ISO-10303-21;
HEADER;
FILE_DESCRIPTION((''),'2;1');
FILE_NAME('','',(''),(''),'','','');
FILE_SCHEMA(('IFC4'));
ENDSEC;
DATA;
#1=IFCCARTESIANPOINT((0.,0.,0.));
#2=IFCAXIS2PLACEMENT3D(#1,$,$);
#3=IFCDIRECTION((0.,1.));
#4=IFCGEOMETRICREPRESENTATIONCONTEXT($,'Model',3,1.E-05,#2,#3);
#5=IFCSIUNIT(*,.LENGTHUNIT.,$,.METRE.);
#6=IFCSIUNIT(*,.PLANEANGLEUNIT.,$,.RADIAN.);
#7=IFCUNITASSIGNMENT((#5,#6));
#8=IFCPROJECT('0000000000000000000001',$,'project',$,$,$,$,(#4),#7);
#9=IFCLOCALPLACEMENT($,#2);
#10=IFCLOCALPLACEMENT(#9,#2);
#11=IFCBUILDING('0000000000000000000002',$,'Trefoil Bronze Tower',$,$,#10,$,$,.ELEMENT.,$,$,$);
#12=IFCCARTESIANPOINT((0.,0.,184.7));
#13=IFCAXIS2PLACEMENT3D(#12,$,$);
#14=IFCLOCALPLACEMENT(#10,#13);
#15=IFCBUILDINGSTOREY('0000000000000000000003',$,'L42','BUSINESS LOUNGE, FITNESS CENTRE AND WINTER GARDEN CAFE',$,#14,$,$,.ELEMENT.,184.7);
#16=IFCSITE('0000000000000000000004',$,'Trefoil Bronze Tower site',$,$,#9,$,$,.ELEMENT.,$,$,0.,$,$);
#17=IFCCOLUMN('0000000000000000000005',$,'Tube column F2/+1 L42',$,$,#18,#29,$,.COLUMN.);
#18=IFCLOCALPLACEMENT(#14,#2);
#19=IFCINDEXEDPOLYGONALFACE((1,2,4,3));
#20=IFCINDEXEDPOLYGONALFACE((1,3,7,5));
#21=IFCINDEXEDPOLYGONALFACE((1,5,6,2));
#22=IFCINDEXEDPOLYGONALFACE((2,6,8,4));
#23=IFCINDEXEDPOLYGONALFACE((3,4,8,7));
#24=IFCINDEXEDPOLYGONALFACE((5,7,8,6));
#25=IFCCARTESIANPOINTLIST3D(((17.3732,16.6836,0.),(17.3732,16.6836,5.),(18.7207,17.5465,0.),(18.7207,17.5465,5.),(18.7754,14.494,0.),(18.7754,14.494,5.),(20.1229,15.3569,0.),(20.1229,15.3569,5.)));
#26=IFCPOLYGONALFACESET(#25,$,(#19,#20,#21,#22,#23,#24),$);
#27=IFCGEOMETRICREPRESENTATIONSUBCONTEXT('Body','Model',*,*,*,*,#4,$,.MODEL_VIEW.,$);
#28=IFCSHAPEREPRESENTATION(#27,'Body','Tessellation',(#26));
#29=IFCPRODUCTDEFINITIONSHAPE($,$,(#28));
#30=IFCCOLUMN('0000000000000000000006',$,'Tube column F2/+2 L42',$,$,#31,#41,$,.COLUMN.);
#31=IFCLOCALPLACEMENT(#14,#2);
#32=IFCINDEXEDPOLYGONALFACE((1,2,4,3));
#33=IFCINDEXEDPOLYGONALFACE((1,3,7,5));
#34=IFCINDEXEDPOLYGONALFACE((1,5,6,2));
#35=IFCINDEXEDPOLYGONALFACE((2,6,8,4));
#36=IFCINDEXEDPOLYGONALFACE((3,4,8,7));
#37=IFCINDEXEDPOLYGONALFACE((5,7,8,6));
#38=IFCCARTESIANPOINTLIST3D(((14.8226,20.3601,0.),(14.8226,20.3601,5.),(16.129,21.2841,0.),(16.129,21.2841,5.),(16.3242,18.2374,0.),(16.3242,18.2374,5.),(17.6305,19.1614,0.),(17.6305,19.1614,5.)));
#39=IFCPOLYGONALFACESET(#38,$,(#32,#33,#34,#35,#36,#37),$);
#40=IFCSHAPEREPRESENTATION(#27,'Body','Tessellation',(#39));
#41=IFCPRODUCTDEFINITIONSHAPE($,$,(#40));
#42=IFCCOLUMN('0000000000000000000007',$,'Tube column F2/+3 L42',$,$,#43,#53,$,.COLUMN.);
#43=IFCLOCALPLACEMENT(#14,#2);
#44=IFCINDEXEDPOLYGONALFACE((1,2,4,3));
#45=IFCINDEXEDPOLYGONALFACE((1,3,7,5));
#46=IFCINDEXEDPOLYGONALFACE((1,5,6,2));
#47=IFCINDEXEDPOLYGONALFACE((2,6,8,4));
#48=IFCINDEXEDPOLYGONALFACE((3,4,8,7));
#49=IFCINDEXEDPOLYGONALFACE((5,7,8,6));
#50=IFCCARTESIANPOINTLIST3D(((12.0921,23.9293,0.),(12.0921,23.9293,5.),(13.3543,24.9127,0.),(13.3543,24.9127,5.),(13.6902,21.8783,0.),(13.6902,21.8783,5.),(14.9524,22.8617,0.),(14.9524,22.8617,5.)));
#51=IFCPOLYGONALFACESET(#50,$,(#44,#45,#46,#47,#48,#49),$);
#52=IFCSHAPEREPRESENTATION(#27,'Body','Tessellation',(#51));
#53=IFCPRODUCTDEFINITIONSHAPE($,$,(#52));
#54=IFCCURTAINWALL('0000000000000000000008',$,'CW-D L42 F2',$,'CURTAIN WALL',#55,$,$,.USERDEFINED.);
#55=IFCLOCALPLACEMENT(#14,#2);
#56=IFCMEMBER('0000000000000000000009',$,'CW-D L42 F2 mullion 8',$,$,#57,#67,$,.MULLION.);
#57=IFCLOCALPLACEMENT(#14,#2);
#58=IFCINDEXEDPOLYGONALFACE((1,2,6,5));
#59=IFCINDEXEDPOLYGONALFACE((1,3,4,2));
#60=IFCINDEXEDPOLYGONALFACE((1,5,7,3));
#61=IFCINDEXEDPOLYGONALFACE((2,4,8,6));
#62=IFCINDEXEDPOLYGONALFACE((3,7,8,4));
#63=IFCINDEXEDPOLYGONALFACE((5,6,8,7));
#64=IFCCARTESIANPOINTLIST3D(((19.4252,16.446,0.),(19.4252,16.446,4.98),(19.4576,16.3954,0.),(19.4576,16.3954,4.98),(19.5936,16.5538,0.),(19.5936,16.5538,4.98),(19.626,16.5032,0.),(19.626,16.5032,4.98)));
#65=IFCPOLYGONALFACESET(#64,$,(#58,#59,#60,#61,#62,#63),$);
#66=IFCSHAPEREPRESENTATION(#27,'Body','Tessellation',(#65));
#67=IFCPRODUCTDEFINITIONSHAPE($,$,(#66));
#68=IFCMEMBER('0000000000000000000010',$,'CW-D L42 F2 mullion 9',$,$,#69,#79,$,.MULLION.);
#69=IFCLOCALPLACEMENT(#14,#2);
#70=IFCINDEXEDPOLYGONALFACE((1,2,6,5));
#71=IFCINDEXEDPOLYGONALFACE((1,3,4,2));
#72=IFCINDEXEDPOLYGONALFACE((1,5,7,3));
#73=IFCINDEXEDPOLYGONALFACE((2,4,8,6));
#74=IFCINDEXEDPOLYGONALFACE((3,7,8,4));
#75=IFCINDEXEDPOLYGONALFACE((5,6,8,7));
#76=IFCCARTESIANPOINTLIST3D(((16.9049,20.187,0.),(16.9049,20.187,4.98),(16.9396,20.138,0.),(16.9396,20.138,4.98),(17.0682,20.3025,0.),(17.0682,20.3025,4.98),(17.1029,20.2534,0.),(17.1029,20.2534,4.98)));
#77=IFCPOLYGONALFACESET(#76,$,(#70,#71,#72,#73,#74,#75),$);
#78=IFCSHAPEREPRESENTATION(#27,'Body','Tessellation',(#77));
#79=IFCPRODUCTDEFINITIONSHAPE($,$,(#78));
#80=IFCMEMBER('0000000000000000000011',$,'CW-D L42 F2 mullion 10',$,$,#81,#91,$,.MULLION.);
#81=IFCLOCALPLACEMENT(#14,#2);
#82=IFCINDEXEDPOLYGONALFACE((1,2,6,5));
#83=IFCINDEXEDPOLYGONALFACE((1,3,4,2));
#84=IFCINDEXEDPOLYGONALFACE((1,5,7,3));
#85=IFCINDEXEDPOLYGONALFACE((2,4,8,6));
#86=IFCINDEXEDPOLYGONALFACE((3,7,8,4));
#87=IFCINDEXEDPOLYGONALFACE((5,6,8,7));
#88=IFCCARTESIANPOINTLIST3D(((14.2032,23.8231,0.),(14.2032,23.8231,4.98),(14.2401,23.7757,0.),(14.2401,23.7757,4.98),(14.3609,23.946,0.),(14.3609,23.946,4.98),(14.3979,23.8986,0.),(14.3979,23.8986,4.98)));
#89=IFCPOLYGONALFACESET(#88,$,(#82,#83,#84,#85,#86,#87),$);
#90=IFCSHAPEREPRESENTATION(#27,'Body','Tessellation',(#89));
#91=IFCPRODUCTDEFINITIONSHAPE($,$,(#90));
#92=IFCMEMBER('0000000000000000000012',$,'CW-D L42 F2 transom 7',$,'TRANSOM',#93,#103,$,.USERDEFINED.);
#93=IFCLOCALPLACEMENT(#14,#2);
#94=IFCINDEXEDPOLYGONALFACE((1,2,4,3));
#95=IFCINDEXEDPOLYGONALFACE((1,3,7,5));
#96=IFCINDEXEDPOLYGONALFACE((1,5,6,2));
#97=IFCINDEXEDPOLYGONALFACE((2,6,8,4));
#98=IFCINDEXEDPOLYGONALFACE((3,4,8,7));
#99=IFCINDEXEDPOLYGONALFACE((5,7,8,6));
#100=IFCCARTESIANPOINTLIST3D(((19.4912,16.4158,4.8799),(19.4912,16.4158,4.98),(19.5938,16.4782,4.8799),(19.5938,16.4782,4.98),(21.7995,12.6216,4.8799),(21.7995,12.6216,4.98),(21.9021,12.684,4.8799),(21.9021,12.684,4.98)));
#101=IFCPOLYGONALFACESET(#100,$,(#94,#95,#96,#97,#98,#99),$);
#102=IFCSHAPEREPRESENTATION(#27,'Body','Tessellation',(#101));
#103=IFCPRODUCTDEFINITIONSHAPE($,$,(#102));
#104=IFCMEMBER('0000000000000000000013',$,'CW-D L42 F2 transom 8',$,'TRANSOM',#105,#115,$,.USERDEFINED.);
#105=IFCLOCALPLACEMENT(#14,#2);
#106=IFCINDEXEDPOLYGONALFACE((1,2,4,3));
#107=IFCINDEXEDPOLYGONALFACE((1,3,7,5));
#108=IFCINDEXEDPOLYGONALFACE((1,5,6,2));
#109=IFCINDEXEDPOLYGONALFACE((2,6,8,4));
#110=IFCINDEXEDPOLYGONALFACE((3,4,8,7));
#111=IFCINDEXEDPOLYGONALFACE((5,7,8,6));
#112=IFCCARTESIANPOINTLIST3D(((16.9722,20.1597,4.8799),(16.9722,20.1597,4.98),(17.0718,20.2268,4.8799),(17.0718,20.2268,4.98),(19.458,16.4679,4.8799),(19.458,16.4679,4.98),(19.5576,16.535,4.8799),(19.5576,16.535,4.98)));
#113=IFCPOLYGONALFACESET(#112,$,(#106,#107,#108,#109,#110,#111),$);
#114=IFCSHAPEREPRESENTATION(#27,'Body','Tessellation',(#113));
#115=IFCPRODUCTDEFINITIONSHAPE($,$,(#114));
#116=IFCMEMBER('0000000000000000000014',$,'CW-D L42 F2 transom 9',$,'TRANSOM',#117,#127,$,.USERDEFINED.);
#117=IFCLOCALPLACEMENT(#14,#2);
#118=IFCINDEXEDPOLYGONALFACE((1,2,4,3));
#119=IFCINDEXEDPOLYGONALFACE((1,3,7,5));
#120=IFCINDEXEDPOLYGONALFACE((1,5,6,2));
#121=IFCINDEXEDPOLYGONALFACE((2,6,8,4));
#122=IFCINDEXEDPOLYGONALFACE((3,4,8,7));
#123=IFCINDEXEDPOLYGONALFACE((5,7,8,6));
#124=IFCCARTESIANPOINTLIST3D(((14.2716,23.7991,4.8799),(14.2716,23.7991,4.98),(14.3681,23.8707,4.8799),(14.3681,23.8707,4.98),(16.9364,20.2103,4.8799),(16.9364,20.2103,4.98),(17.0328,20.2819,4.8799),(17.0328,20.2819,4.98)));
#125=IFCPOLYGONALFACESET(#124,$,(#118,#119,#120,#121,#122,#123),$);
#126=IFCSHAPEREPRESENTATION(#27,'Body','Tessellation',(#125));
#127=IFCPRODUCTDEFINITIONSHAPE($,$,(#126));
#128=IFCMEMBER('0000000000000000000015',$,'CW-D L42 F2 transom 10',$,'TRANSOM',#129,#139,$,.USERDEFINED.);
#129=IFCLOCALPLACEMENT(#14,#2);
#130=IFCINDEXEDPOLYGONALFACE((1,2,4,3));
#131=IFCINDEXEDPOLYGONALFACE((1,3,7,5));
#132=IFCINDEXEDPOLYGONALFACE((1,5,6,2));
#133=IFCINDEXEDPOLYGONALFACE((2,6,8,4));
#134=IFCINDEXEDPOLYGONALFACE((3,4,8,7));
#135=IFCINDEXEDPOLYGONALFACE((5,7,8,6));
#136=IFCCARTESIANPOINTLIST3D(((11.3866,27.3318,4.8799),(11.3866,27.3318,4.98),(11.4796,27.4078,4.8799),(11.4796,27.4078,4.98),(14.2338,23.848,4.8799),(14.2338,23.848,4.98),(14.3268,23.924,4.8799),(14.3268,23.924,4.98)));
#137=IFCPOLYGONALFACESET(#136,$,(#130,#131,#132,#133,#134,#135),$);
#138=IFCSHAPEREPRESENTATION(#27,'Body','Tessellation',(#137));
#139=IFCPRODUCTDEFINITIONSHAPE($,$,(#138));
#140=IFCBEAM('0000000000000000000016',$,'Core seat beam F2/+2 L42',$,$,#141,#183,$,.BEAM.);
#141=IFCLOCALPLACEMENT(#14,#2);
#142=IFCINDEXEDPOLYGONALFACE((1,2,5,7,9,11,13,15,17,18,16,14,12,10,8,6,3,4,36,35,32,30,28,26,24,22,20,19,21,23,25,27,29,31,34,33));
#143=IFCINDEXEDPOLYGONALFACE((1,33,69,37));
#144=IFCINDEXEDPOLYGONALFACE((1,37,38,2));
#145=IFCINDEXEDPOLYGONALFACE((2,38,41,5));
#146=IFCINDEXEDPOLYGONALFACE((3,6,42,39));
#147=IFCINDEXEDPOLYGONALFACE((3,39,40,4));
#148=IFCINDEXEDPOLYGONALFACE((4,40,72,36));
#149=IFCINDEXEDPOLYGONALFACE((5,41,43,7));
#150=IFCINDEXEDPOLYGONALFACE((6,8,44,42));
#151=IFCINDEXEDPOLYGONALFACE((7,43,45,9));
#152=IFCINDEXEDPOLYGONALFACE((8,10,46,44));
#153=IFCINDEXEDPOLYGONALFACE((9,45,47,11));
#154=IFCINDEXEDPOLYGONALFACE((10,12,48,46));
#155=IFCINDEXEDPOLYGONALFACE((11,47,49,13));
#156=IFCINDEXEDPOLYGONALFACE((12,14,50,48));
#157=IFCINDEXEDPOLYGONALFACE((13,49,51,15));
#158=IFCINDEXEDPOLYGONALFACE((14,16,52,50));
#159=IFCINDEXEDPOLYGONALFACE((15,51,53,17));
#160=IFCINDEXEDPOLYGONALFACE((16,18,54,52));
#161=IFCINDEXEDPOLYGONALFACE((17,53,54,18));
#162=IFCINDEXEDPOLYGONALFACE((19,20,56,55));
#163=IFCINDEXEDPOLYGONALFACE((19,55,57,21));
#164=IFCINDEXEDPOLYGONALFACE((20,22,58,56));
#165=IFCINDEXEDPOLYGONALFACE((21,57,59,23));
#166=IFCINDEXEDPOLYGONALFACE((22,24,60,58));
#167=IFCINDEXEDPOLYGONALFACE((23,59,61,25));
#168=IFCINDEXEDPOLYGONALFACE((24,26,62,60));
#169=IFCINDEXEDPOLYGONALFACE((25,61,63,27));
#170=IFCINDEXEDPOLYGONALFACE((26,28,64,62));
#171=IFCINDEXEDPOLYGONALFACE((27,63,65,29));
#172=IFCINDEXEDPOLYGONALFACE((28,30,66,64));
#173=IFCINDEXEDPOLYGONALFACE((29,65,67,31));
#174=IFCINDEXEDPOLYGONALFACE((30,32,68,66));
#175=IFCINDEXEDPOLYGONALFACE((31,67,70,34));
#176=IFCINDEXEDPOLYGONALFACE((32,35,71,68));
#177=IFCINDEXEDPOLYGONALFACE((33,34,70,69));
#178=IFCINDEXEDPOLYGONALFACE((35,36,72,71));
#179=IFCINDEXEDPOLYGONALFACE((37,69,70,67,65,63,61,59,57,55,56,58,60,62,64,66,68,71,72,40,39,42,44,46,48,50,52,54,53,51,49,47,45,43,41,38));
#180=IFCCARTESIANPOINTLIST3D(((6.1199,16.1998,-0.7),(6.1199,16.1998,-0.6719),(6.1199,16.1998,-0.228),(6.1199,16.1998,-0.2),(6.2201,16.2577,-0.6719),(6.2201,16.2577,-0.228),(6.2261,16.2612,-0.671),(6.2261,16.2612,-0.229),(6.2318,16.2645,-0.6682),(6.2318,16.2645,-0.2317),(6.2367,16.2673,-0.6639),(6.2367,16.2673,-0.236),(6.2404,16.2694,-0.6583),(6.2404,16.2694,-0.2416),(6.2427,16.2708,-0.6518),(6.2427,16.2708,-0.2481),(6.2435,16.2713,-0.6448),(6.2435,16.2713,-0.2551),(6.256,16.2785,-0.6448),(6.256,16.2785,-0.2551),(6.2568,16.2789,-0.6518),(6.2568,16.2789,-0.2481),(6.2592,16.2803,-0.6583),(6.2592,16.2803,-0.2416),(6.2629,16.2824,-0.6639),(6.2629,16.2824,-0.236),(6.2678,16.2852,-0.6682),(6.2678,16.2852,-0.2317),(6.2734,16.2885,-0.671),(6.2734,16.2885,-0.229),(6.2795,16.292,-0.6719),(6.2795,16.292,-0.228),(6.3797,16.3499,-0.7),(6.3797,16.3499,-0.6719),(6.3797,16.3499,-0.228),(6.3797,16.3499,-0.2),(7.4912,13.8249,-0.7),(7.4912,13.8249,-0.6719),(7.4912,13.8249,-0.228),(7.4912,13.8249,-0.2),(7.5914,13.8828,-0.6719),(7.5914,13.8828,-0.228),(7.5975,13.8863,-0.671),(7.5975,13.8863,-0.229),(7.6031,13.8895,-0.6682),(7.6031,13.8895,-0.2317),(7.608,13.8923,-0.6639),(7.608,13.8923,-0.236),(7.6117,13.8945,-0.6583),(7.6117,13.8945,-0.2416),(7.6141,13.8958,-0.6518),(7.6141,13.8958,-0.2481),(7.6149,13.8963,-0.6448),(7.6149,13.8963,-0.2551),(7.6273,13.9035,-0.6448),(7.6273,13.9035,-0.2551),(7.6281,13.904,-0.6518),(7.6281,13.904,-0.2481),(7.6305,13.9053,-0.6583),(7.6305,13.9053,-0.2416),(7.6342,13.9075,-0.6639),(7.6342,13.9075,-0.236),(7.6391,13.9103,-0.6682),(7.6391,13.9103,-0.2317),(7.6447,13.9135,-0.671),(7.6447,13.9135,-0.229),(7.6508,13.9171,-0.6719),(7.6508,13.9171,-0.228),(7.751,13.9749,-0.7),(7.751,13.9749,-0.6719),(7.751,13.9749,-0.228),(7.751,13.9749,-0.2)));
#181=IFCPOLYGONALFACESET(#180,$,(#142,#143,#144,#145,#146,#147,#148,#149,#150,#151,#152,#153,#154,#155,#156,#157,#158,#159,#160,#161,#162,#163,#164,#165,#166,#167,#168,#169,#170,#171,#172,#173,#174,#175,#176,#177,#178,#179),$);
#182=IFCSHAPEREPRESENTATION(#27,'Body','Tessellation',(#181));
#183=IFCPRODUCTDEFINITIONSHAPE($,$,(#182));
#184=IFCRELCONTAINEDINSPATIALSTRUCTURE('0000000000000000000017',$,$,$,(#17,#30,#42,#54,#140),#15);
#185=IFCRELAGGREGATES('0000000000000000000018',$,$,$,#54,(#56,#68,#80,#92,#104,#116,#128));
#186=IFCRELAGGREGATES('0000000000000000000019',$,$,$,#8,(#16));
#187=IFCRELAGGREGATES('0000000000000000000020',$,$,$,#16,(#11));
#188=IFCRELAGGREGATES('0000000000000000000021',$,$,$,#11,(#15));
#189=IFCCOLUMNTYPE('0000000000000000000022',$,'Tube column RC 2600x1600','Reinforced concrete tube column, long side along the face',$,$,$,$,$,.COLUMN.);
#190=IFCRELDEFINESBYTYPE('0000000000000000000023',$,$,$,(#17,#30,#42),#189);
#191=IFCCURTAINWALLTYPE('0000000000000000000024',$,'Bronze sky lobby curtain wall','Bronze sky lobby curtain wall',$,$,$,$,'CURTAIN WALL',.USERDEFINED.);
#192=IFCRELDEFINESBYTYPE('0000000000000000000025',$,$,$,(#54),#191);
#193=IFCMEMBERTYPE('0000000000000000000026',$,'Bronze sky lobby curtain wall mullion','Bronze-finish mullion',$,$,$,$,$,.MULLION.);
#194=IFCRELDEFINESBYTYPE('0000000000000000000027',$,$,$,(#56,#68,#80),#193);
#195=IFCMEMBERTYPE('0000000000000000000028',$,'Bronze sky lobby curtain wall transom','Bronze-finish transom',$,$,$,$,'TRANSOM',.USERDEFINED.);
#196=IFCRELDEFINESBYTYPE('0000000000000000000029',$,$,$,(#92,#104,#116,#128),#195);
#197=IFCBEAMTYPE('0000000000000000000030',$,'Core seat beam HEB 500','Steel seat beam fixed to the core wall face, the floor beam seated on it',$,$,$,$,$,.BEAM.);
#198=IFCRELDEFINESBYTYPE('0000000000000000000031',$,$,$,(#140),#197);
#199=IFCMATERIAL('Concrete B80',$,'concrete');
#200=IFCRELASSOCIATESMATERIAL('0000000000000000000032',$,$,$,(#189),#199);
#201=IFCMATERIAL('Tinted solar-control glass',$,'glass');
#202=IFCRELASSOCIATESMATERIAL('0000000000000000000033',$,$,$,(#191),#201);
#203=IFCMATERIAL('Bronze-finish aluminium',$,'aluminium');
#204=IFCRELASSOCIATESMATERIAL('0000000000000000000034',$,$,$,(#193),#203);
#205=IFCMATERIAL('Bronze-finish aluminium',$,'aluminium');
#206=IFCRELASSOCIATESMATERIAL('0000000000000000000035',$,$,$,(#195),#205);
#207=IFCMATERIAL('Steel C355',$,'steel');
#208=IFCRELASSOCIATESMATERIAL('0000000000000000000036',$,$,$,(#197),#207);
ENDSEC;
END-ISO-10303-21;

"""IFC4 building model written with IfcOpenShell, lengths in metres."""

from ifc_helpers import new_model, si_unit, direction, frame, origin, origin_2d, place, context, subcontext, project, spatial, rectangle, i_section, extrude, material, material_profile, profile_set, type_object, element, aggregate, save


model = new_model("IFC4")

# Units and contexts
model_context = context("Model", 3, precision=1e-05, world=origin(), true_north=direction((0.0, 1.0)))
body_context = subcontext(model_context, "Body", "Model", "MODEL_VIEW")
ifc_project = project(units=[si_unit("LENGTHUNIT", "METRE"), si_unit("PLANEANGLEUNIT", "RADIAN")], contexts=[model_context])

# Site, building, storey
site_placement = place(None, origin())
site = spatial("IfcSite", under=ifc_project, at=site_placement, Name="Trefoil Bronze Tower site", CompositionType="ELEMENT", RefElevation=0.0)
building_placement = place(site_placement, origin())
building = spatial("IfcBuilding", under=site, at=building_placement, Name="Trefoil Bronze Tower", CompositionType="ELEMENT")
storey_placement = place(building_placement, frame((0.0, 0.0, 184.7)))
storey = spatial("IfcBuildingStorey", under=building, at=storey_placement, Name="L42", Description="BUSINESS LOUNGE, FITNESS CENTRE AND WINTER GARDEN CAFE", CompositionType="ELEMENT", Elevation=184.7)

# Columns
ifc_material_1 = material(Name="Concrete B80", Category="concrete")
ifc_material_profile_1 = material_profile(ifc_material_1, rectangle(XDim=2.6001, YDim=1.6001, at=origin_2d()), Name="RC 2600x1600")
ifc_profile_set_1 = profile_set([ifc_material_profile_1], Name="Concrete B80")
column_type = type_object("IfcColumnType", Name="Tube column RC 2600x1600", Description="Reinforced concrete tube column, long side along the face", PredefinedType="COLUMN", material=ifc_profile_set_1)
for number, where, z_axis, x_axis, name in (
    (1, (18.748, 16.0203, 0.0), (0.0, 0.0, 1.0), (-0.53927, 0.842133, 0.0), "Tube column F2/+1 L42"),
    (2, (16.2266, 19.7607, 0.0), (0.0, 0.0, 1.0), (-0.577481, 0.816404, 0.0), "Tube column F2/+2 L42"),
    (3, (13.5222, 23.3955, 0.0), (0.0, 0.0, 1.0), (-0.614622, 0.788821, 0.0), "Tube column F2/+3 L42"),
):
    element("IfcColumn", number, at=place(storey_placement, frame(where, z_axis=z_axis, x_axis=x_axis)), inside=storey, type_object=column_type, Name=name, PredefinedType="COLUMN", context=body_context, shape_type="SweptSolid", body=[
        extrude(rectangle(XDim=2.6001, YDim=1.6001, at=origin_2d()), origin(), (0.0, 0.0, 1.0), 5.0),
    ])

# Curtain wall, members
ifc_material_2 = material(Name="Tinted solar-control glass", Category="glass")
curtain_wall_type = type_object("IfcCurtainWallType", Name="Bronze sky lobby curtain wall", Description="Bronze sky lobby curtain wall", ElementType="CURTAIN WALL", PredefinedType="USERDEFINED", material=ifc_material_2)
curtain_wall_placement = place(storey_placement, origin())
curtain_wall = element("IfcCurtainWall", 4, at=curtain_wall_placement, inside=storey, type_object=curtain_wall_type, Name="CW-D L42 F2", ObjectType="CURTAIN WALL", PredefinedType="USERDEFINED")
ifc_material_3 = material(Name="Bronze-finish aluminium", Category="aluminium")
ifc_material_profile_2 = material_profile(ifc_material_3, rectangle(XDim=0.2, YDim=0.0601, at=origin_2d()), Name="CW-D mullion")
ifc_profile_set_2 = profile_set([ifc_material_profile_2], Name="Bronze-finish aluminium")
member_type_1 = type_object("IfcMemberType", Name="Bronze sky lobby curtain wall mullion", Description="Bronze-finish mullion", PredefinedType="MULLION", material=ifc_profile_set_2)
member_1_placement = place(storey_placement, frame((19.5256, 16.4746, 0.0), z_axis=(0.0, 0.0, 1.0), x_axis=(-0.842133, -0.53927, 0.0)))
member_1 = element("IfcMember", 5, at=member_1_placement, type_object=member_type_1, Name="CW-D L42 F2 mullion 8", PredefinedType="MULLION", context=body_context, shape_type="SweptSolid", body=[
    extrude(rectangle(XDim=0.2, YDim=0.0601, at=origin_2d()), origin(), (0.0, 0.0, 1.0), 4.98),
])
member_2_placement = place(storey_placement, frame((17.0039, 20.2202, 0.0), z_axis=(0.0, 0.0, 1.0), x_axis=(-0.816404, -0.577481, 0.0)))
member_2 = element("IfcMember", 6, at=member_2_placement, type_object=member_type_1, Name="CW-D L42 F2 mullion 9", PredefinedType="MULLION", context=body_context, shape_type="SweptSolid", body=[
    extrude(rectangle(XDim=0.2, YDim=0.0601, at=origin_2d()), origin(), (0.0, 0.0, 1.0), 4.98),
])
member_3_placement = place(storey_placement, frame((14.3005, 23.8608, 0.0), z_axis=(0.0, 0.0, 1.0), x_axis=(-0.788821, -0.614622, 0.0)))
member_3 = element("IfcMember", 7, at=member_3_placement, type_object=member_type_1, Name="CW-D L42 F2 mullion 10", PredefinedType="MULLION", context=body_context, shape_type="SweptSolid", body=[
    extrude(rectangle(XDim=0.2, YDim=0.0601, at=origin_2d()), origin(), (0.0, 0.0, 1.0), 4.98),
])
ifc_material_4 = material(Name="Bronze-finish aluminium", Category="aluminium")
ifc_material_profile_3 = material_profile(ifc_material_4, rectangle(XDim=0.1201, YDim=0.1001, at=origin_2d()), Name="CW-D transom")
ifc_profile_set_3 = profile_set([ifc_material_profile_3], Name="Bronze-finish aluminium")
member_type_2 = type_object("IfcMemberType", Name="Bronze sky lobby curtain wall transom", Description="Bronze-finish transom", ElementType="TRANSOM", PredefinedType="USERDEFINED", material=ifc_profile_set_3)
member_4_placement = place(storey_placement, frame((21.8508, 12.6528, 4.9299), z_axis=(-0.519757, 0.854314, 0.0), x_axis=(-0.854314, -0.519757, 0.0)))
member_4 = element("IfcMember", 8, at=member_4_placement, type_object=member_type_2, Name="CW-D L42 F2 transom 7", ObjectType="TRANSOM", PredefinedType="USERDEFINED", context=body_context, shape_type="SweptSolid", body=[
    extrude(rectangle(XDim=0.1201, YDim=0.1001, at=origin_2d()), origin(), (0.0, 0.0, 1.0), 4.4412),
])
member_5_placement = place(storey_placement, frame((19.5078, 16.5015, 4.9299), z_axis=(-0.558517, 0.829493, 0.0), x_axis=(-0.829493, -0.558517, 0.0)))
member_5 = element("IfcMember", 9, at=member_5_placement, type_object=member_type_2, Name="CW-D L42 F2 transom 8", ObjectType="TRANSOM", PredefinedType="USERDEFINED", context=body_context, shape_type="SweptSolid", body=[
    extrude(rectangle(XDim=0.1201, YDim=0.1001, at=origin_2d()), origin(), (0.0, 0.0, 1.0), 4.4507),
])
member_6_placement = place(storey_placement, frame((16.9846, 20.2461, 4.9299), z_axis=(-0.596148, 0.802875, 0.0), x_axis=(-0.802875, -0.596148, 0.0)))
member_6 = element("IfcMember", 10, at=member_6_placement, type_object=member_type_2, Name="CW-D L42 F2 transom 9", ObjectType="TRANSOM", PredefinedType="USERDEFINED", context=body_context, shape_type="SweptSolid", body=[
    extrude(rectangle(XDim=0.1201, YDim=0.1001, at=origin_2d()), origin(), (0.0, 0.0, 1.0), 4.47),
])
member_7_placement = place(storey_placement, frame((14.2803, 23.886, 4.9299), z_axis=(-0.6328, 0.774315, 0.0), x_axis=(-0.774315, -0.6328, 0.0)))
member_7 = element("IfcMember", 11, at=member_7_placement, type_object=member_type_2, Name="CW-D L42 F2 transom 10", ObjectType="TRANSOM", PredefinedType="USERDEFINED", context=body_context, shape_type="SweptSolid", body=[
    extrude(rectangle(XDim=0.1201, YDim=0.1001, at=origin_2d()), origin(), (0.0, 0.0, 1.0), 4.4993),
])

# Beam
ifc_material_5 = material(Name="Steel C355", Category="steel")
ifc_material_profile_4 = material_profile(ifc_material_5, i_section(OverallWidth=0.3, OverallDepth=0.5, WebThickness=0.0144, FlangeThickness=0.0281, FilletRadius=0.0271, at=origin_2d()), Name="HEB 500")
ifc_profile_set_4 = profile_set([ifc_material_profile_4], Name="Steel C355")
beam_type_1 = type_object("IfcBeamType", Name="Core seat beam HEB 500", Description="Steel seat beam fixed to the core wall face, the floor beam seated on it", PredefinedType="BEAM", material=ifc_profile_set_4)
beam_1_placement = place(storey_placement, frame((7.6211, 13.8999, -0.45), z_axis=(-0.500036, 0.866005, 0.0), x_axis=(-0.866005, -0.500036, 0.0)))
element("IfcBeam", 12, at=beam_1_placement, inside=storey, type_object=beam_type_1, Name="Core seat beam F2/+2 L42", PredefinedType="BEAM", context=body_context, shape_type="SweptSolid", body=[
    extrude(i_section(OverallWidth=0.3, OverallDepth=0.5, WebThickness=0.0144, FlangeThickness=0.0281, FilletRadius=0.0271, at=origin_2d()), origin(), (0.0, 0.0, 1.0), 2.7424),
])

aggregate(curtain_wall, [member_1, member_2, member_3, member_4, member_5, member_6, member_7])

save(model, "model.ifc")
